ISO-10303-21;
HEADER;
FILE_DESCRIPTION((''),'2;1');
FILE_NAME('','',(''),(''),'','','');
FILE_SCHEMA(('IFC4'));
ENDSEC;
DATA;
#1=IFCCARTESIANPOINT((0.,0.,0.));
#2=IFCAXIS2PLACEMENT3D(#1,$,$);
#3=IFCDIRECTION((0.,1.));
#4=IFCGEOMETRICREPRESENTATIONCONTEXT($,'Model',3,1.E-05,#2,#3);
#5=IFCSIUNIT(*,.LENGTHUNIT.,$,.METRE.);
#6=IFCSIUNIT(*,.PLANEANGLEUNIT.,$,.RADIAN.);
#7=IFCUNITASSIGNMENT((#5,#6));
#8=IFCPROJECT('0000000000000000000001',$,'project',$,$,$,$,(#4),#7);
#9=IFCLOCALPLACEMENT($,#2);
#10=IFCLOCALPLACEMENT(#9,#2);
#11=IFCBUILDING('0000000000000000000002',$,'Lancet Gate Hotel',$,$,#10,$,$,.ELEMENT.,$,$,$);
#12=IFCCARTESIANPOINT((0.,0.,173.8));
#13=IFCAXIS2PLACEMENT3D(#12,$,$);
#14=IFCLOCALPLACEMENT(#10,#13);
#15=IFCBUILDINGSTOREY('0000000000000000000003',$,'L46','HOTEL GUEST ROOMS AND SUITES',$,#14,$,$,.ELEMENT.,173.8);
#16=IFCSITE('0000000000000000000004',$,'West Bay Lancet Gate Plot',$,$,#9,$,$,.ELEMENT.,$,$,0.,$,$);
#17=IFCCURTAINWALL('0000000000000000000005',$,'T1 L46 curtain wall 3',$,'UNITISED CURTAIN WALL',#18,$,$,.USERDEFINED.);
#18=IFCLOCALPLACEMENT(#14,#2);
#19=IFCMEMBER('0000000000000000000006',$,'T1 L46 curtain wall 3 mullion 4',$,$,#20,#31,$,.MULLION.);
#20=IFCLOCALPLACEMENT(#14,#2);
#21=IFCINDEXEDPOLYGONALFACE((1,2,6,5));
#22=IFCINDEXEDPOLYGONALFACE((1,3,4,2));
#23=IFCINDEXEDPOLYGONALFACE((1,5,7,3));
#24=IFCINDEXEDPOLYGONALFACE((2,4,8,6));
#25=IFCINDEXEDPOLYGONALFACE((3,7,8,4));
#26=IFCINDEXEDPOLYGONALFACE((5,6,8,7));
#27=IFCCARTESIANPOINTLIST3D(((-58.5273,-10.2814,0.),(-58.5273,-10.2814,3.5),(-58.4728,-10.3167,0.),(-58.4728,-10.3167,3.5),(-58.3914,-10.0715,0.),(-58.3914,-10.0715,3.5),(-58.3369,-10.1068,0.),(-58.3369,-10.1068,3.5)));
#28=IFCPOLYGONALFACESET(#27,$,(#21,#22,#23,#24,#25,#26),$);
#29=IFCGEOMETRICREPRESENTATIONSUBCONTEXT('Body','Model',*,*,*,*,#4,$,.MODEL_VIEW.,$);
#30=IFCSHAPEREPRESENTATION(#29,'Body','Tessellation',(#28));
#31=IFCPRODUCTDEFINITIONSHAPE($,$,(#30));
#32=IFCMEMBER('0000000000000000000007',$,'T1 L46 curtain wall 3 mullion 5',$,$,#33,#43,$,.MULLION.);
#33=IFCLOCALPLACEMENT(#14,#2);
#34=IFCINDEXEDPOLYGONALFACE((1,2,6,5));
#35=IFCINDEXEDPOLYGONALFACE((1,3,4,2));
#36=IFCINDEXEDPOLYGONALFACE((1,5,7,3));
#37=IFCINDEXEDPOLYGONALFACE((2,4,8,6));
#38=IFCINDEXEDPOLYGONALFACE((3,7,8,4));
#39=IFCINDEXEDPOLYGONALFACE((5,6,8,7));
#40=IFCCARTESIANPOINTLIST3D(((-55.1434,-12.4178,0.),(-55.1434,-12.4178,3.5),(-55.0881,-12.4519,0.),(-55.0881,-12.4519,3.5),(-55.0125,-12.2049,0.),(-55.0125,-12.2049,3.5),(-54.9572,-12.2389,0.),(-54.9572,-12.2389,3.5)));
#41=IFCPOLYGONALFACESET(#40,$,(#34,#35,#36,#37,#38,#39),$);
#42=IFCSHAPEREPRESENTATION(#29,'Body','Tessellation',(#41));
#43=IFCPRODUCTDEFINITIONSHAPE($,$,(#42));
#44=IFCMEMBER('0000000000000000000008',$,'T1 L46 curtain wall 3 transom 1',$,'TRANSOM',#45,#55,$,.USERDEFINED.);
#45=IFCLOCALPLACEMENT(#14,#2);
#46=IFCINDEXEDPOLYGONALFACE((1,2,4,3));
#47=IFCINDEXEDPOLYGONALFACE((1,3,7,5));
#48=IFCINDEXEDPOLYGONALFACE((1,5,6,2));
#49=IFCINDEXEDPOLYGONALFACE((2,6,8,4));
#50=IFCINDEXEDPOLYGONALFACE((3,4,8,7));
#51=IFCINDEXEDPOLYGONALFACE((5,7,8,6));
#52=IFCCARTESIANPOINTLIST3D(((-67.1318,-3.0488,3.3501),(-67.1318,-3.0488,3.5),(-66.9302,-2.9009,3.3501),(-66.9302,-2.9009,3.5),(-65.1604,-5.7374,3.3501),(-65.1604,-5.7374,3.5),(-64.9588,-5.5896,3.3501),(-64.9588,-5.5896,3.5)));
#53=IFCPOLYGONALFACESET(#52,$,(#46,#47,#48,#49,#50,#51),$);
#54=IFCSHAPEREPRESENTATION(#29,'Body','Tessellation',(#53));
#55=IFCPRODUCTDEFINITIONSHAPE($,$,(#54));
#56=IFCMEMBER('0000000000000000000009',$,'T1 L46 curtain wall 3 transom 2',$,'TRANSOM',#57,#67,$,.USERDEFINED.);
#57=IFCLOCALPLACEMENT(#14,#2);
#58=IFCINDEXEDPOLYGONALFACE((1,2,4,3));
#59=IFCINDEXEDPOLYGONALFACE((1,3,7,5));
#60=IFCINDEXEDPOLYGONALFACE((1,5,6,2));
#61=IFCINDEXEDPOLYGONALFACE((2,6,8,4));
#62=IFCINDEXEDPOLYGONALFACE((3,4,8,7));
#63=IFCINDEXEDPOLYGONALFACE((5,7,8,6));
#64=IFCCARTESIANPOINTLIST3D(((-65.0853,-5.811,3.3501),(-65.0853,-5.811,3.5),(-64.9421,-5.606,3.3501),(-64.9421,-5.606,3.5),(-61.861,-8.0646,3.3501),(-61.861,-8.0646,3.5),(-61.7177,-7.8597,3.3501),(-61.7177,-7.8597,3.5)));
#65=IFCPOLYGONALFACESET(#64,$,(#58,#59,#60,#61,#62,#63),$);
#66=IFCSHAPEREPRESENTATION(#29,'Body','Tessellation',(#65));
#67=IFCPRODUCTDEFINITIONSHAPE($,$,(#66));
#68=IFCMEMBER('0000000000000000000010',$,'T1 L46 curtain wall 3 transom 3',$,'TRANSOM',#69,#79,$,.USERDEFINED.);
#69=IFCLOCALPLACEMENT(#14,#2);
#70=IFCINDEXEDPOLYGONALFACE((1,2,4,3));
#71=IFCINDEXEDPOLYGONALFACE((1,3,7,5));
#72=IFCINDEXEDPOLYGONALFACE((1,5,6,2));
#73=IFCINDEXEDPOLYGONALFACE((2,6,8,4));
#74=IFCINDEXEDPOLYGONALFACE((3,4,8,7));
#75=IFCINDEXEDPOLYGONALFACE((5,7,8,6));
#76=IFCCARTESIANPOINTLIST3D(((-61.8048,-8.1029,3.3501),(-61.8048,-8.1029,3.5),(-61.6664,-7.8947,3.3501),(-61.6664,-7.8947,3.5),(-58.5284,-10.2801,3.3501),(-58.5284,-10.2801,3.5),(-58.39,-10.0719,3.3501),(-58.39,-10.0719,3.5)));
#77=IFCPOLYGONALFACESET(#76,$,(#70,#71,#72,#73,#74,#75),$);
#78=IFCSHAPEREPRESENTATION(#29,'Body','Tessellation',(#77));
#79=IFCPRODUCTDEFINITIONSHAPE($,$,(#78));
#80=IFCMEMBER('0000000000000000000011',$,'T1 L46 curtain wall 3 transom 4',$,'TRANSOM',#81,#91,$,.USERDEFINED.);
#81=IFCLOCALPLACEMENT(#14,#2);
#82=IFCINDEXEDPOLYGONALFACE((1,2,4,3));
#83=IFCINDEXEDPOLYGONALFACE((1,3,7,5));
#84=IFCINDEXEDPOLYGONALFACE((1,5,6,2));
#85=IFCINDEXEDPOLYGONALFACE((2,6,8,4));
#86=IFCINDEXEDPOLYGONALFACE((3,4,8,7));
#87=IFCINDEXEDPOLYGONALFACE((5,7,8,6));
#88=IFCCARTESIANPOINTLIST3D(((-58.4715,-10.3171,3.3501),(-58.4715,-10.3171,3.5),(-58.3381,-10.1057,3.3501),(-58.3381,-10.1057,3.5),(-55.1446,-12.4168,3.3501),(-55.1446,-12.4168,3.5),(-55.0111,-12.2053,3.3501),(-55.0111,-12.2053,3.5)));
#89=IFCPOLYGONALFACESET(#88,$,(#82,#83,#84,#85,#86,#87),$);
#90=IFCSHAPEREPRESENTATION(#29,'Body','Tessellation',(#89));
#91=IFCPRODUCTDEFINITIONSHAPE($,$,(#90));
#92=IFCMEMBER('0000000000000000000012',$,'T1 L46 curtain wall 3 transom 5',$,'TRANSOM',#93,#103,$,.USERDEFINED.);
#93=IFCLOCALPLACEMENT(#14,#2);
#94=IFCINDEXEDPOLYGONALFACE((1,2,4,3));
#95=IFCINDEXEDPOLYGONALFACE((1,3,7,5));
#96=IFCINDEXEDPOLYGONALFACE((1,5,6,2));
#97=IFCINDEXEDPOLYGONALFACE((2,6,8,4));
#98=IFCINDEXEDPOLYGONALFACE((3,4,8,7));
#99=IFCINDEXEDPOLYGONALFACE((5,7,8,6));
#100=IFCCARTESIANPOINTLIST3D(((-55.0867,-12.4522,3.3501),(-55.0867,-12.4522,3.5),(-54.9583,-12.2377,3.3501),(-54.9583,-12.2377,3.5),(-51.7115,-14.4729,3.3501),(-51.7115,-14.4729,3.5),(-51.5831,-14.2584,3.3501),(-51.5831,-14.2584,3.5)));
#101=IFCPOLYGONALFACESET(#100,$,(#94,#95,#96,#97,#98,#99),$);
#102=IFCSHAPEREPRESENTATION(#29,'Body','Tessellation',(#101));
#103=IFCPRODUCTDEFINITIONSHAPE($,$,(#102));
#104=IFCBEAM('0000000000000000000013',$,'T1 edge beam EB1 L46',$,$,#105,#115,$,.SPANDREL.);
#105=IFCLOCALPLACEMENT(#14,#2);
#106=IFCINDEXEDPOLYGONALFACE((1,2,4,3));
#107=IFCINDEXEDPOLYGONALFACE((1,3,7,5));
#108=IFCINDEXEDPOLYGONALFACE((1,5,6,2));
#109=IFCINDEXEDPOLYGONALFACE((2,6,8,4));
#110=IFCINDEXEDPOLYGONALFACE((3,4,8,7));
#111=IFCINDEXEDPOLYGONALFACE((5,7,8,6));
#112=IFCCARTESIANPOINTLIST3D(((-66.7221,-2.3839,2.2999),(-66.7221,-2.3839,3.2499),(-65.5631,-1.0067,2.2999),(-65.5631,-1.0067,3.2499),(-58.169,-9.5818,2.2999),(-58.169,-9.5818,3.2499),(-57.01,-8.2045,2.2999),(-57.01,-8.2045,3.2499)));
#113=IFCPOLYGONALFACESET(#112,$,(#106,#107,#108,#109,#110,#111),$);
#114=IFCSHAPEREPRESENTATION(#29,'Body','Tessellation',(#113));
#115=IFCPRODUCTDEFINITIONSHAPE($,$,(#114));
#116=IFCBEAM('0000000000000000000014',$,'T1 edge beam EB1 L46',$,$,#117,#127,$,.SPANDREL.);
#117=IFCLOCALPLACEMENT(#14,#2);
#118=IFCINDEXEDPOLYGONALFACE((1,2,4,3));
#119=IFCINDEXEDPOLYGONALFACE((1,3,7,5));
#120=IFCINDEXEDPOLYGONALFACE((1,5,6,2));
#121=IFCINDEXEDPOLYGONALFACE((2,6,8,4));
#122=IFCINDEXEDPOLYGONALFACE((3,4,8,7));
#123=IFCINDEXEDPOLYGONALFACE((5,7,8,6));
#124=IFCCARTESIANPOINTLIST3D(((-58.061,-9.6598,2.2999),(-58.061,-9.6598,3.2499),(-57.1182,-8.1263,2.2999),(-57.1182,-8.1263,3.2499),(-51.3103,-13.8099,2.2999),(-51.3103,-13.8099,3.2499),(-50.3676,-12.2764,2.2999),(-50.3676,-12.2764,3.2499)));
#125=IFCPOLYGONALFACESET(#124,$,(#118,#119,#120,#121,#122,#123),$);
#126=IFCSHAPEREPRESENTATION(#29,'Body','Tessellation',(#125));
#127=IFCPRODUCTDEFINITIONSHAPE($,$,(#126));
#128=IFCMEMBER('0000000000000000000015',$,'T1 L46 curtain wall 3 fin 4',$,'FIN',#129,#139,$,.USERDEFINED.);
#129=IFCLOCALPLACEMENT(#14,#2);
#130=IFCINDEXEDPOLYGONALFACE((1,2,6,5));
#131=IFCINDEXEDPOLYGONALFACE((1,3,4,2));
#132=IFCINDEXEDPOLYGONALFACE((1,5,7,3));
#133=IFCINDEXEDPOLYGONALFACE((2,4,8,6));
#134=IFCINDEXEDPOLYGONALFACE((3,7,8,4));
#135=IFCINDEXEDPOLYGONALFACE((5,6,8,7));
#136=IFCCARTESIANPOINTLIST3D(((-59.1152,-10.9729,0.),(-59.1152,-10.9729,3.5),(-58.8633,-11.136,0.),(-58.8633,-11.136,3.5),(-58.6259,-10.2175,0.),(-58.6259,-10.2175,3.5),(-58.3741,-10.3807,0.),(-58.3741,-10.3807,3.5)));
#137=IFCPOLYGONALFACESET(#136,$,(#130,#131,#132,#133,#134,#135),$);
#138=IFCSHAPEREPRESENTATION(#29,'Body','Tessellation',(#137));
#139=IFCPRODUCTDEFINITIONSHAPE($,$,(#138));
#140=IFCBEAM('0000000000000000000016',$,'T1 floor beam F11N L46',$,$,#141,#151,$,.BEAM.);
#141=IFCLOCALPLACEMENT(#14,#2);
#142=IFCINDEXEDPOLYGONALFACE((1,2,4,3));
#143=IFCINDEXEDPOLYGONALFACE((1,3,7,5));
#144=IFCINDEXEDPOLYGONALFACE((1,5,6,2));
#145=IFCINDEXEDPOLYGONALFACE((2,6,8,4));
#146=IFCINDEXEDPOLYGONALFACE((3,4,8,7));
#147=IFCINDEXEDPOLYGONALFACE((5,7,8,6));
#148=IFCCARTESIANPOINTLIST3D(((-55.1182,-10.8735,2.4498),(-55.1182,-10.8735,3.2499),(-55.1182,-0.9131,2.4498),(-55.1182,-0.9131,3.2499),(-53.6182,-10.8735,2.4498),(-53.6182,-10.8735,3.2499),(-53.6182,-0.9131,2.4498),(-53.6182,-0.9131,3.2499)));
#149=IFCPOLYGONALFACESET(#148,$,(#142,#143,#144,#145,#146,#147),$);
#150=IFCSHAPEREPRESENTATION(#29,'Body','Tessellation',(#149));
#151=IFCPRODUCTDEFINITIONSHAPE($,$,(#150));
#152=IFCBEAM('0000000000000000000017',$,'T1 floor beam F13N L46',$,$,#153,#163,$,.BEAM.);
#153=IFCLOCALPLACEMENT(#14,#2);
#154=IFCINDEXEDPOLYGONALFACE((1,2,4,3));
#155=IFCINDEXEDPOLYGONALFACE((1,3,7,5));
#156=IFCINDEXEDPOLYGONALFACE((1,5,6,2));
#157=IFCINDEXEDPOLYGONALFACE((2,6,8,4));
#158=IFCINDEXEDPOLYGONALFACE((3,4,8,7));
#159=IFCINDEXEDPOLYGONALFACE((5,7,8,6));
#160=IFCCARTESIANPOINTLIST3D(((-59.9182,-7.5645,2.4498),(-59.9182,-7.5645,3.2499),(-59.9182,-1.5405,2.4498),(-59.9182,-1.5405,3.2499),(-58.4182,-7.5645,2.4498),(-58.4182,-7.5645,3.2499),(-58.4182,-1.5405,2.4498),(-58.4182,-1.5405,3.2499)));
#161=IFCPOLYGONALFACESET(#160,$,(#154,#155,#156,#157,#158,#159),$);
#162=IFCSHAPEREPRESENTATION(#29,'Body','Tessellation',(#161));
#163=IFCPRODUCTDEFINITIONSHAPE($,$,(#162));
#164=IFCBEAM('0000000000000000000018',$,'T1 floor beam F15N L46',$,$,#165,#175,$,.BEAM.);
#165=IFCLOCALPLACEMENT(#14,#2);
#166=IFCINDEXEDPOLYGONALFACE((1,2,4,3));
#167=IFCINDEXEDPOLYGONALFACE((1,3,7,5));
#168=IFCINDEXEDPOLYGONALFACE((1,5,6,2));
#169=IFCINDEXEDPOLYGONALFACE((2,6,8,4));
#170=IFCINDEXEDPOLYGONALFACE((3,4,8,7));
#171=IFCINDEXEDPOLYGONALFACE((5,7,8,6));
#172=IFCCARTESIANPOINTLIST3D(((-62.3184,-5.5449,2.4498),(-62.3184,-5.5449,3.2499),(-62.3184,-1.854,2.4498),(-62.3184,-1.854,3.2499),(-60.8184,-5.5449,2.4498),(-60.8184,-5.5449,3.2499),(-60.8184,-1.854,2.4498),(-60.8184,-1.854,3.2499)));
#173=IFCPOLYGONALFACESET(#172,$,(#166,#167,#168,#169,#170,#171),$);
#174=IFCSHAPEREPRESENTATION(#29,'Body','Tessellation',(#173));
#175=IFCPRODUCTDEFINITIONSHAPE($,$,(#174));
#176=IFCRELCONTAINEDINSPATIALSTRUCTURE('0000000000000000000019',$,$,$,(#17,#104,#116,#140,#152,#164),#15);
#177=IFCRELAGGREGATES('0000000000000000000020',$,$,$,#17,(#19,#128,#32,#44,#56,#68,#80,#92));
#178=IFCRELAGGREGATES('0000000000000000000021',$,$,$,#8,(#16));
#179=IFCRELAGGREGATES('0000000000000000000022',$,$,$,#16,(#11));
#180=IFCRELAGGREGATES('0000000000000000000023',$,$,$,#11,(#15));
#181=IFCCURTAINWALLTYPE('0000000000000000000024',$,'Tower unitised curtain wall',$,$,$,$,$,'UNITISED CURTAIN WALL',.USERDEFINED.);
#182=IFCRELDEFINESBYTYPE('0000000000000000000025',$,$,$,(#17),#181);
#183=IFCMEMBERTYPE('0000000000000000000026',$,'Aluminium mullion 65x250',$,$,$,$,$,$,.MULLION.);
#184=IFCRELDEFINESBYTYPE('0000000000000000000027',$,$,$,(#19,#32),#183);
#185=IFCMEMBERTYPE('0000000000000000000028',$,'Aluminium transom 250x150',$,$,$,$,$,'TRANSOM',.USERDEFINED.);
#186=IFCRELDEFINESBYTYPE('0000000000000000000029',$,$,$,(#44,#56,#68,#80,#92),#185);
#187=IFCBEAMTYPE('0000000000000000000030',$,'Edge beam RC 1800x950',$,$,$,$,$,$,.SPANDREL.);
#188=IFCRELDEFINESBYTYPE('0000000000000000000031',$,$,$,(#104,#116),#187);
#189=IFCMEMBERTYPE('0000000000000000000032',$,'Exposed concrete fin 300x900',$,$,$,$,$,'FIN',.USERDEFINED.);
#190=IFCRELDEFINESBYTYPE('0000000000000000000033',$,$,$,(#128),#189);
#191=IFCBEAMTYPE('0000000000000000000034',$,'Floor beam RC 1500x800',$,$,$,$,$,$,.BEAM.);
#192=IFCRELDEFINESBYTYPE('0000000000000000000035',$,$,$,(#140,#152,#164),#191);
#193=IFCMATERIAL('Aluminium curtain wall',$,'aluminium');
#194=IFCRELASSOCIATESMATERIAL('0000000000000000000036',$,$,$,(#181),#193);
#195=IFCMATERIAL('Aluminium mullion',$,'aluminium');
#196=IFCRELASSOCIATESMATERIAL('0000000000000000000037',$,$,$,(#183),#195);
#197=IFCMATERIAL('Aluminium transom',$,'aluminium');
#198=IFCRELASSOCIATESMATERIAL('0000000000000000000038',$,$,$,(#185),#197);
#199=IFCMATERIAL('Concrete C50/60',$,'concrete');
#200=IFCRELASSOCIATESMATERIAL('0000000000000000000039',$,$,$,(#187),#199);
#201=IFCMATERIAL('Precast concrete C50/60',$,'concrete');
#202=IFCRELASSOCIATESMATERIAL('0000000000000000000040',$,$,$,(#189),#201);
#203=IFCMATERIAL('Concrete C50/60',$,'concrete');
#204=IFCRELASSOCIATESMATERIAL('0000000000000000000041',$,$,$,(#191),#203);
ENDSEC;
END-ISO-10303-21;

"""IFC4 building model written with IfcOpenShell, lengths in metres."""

from ifc_helpers import new_model, si_unit, direction, frame, origin, origin_2d, place, context, subcontext, project, spatial, rectangle, extrude, material, material_profile, profile_set, type_object, element, aggregate, save


model = new_model("IFC4")

# Units and contexts
model_context = context("Model", 3, precision=1e-05, world=origin(), true_north=direction((0.0, 1.0)))
body_context = subcontext(model_context, "Body", "Model", "MODEL_VIEW")
ifc_project = project(units=[si_unit("LENGTHUNIT", "METRE"), si_unit("PLANEANGLEUNIT", "RADIAN")], contexts=[model_context])

# Site, building, storey
site_placement = place(None, origin())
site = spatial("IfcSite", under=ifc_project, at=site_placement, Name="West Bay Lancet Gate Plot", CompositionType="ELEMENT", RefElevation=0.0)
building_placement = place(site_placement, origin())
building = spatial("IfcBuilding", under=site, at=building_placement, Name="Lancet Gate Hotel", CompositionType="ELEMENT")
storey_placement = place(building_placement, frame((0.0, 0.0, 173.8)))
storey = spatial("IfcBuildingStorey", under=building, at=storey_placement, Name="L46", Description="HOTEL GUEST ROOMS AND SUITES", CompositionType="ELEMENT", Elevation=173.8)

# Shared definitions
ifc_material_1 = material(Name="Aluminium curtain wall", Category="aluminium")
curtain_wall_type = type_object("IfcCurtainWallType", Name="Tower unitised curtain wall", ElementType="UNITISED CURTAIN WALL", PredefinedType="USERDEFINED", material=ifc_material_1)
ifc_material_2 = material(Name="Aluminium mullion", Category="aluminium")
ifc_material_profile_1 = material_profile(ifc_material_2, rectangle(XDim=0.0649, YDim=0.25, at=origin_2d()), Name="MULLION 65x250")
ifc_profile_set_1 = profile_set([ifc_material_profile_1], Name="Aluminium mullion")
member_type_1 = type_object("IfcMemberType", Name="Aluminium mullion 65x250", PredefinedType="MULLION", material=ifc_profile_set_1)

# Curtain wall, members
curtain_wall_1_placement = place(storey_placement, origin())
curtain_wall_1 = element("IfcCurtainWall", 1, at=curtain_wall_1_placement, inside=storey, type_object=curtain_wall_type, Name="T1 L46 curtain wall 3", ObjectType="UNITISED CURTAIN WALL", PredefinedType="USERDEFINED")
member_1_placement = place(storey_placement, frame((-58.4321, -10.1941, 0.0), z_axis=(0.0, 0.0, 1.0), x_axis=(0.839331, -0.543621, 0.0)))
member_1 = element("IfcMember", 2, at=member_1_placement, type_object=member_type_1, Name="T1 L46 curtain wall 3 mullion 4", PredefinedType="MULLION", context=body_context, shape_type="SweptSolid", body=[
    extrude(rectangle(XDim=0.0649, YDim=0.25, at=origin_2d()), origin(), (0.0, 0.0, 1.0), 3.5),
])
member_2_placement = place(storey_placement, frame((-55.0503, -12.3284, 0.0), z_axis=(0.0, 0.0, 1.0), x_axis=(0.851886, -0.523728, 0.0)))
member_2 = element("IfcMember", 3, at=member_2_placement, type_object=member_type_1, Name="T1 L46 curtain wall 3 mullion 5", PredefinedType="MULLION", context=body_context, shape_type="SweptSolid", body=[
    extrude(rectangle(XDim=0.0649, YDim=0.25, at=origin_2d()), origin(), (0.0, 0.0, 1.0), 3.5),
])
ifc_material_3 = material(Name="Aluminium transom", Category="aluminium")
ifc_material_profile_2 = material_profile(ifc_material_3, rectangle(XDim=0.25, YDim=0.1499, at=origin_2d()), Name="TRANSOM 250x150")
ifc_profile_set_2 = profile_set([ifc_material_profile_2], Name="Aluminium transom")
member_type_2 = type_object("IfcMemberType", Name="Aluminium transom 250x150", ElementType="TRANSOM", PredefinedType="USERDEFINED", material=ifc_profile_set_2)
member_3_placement = place(storey_placement, frame((-67.031, -2.9749, 3.425), z_axis=(0.591307, -0.806447, 0.0), x_axis=(0.806447, 0.591307, 0.0)))
member_3 = element("IfcMember", 4, at=member_3_placement, type_object=member_type_2, Name="T1 L46 curtain wall 3 transom 1", ObjectType="TRANSOM", PredefinedType="USERDEFINED", context=body_context, shape_type="SweptSolid", body=[
    extrude(rectangle(XDim=0.25, YDim=0.1499, at=origin_2d()), origin(), (0.0, 0.0, 1.0), 3.334),
])
member_4_placement = place(storey_placement, frame((-65.0137, -5.7085, 3.425), z_axis=(0.819637, -0.572883, 0.0), x_axis=(0.572883, 0.819637, 0.0)))
member_4 = element("IfcMember", 5, at=member_4_placement, type_object=member_type_2, Name="T1 L46 curtain wall 3 transom 2", ObjectType="TRANSOM", PredefinedType="USERDEFINED", context=body_context, shape_type="SweptSolid", body=[
    extrude(rectangle(XDim=0.25, YDim=0.1499, at=origin_2d()), origin(), (0.0, 0.0, 1.0), 3.9338),
])
member_5_placement = place(storey_placement, frame((-61.7356, -7.9988, 3.425), z_axis=(0.832871, -0.553468, 0.0), x_axis=(0.553468, 0.832871, 0.0)))
member_5 = element("IfcMember", 6, at=member_5_placement, type_object=member_type_2, Name="T1 L46 curtain wall 3 transom 3", ObjectType="TRANSOM", PredefinedType="USERDEFINED", context=body_context, shape_type="SweptSolid", body=[
    extrude(rectangle(XDim=0.25, YDim=0.1499, at=origin_2d()), origin(), (0.0, 0.0, 1.0), 3.9338),
])
member_6_placement = place(storey_placement, frame((-58.4048, -10.2114, 3.425), z_axis=(0.845672, -0.533703, 0.0), x_axis=(0.533703, 0.845672, 0.0)))
member_6 = element("IfcMember", 7, at=member_6_placement, type_object=member_type_2, Name="T1 L46 curtain wall 3 transom 4", ObjectType="TRANSOM", PredefinedType="USERDEFINED", context=body_context, shape_type="SweptSolid", body=[
    extrude(rectangle(XDim=0.25, YDim=0.1499, at=origin_2d()), origin(), (0.0, 0.0, 1.0), 3.9341),
])
member_7_placement = place(storey_placement, frame((-55.0225, -12.345, 3.425), z_axis=(0.857985, -0.513674, 0.0), x_axis=(0.513674, 0.857985, 0.0)))
member_7 = element("IfcMember", 8, at=member_7_placement, type_object=member_type_2, Name="T1 L46 curtain wall 3 transom 5", ObjectType="TRANSOM", PredefinedType="USERDEFINED", context=body_context, shape_type="SweptSolid", body=[
    extrude(rectangle(XDim=0.25, YDim=0.1499, at=origin_2d()), origin(), (0.0, 0.0, 1.0), 3.9338),
])

# Beams
ifc_material_4 = material(Name="Concrete C50/60", Category="concrete")
ifc_material_profile_3 = material_profile(ifc_material_4, rectangle(XDim=1.8, YDim=0.95, at=origin_2d()), Name="RC 1800x950")
ifc_profile_set_3 = profile_set([ifc_material_profile_3], Name="Concrete C50/60")
beam_type_1 = type_object("IfcBeamType", Name="Edge beam RC 1800x950", PredefinedType="SPANDREL", material=ifc_profile_set_3)
beam_1_placement = place(storey_placement, frame((-66.1426, -1.6953, 2.7749), z_axis=(0.765121, -0.643887, 0.0), x_axis=(0.643887, 0.765121, 0.0)))
element("IfcBeam", 9, at=beam_1_placement, inside=storey, type_object=beam_type_1, Name="T1 edge beam EB1 L46", PredefinedType="SPANDREL", context=body_context, shape_type="SweptSolid", body=[
    extrude(rectangle(XDim=1.8, YDim=0.95, at=origin_2d()), origin(), (0.0, 0.0, 1.0), 11.1787),
])
beam_2_placement = place(storey_placement, frame((-57.5896, -8.8931, 2.7749), z_axis=(0.851892, -0.523717, 0.0), x_axis=(0.523717, 0.851892, 0.0)))
element("IfcBeam", 10, at=beam_2_placement, inside=storey, type_object=beam_type_1, Name="T1 edge beam EB1 L46", PredefinedType="SPANDREL", context=body_context, shape_type="SweptSolid", body=[
    extrude(rectangle(XDim=1.8, YDim=0.95, at=origin_2d()), origin(), (0.0, 0.0, 1.0), 7.9243),
])

# Member
ifc_material_5 = material(Name="Precast concrete C50/60", Category="concrete")
ifc_material_profile_4 = material_profile(ifc_material_5, rectangle(XDim=0.3, YDim=0.8999, at=origin_2d()), Name="FIN 300x900")
ifc_profile_set_4 = profile_set([ifc_material_profile_4], Name="Precast concrete C50/60")
member_type_3 = type_object("IfcMemberType", Name="Exposed concrete fin 300x900", ElementType="FIN", PredefinedType="USERDEFINED", material=ifc_profile_set_4)
member_8_placement = place(storey_placement, frame((-58.7446, -10.6768, 0.0), z_axis=(0.0, 0.0, 1.0), x_axis=(0.839331, -0.543621, 0.0)))
member_8 = element("IfcMember", 11, at=member_8_placement, type_object=member_type_3, Name="T1 L46 curtain wall 3 fin 4", ObjectType="FIN", PredefinedType="USERDEFINED", context=body_context, shape_type="SweptSolid", body=[
    extrude(rectangle(XDim=0.3, YDim=0.8999, at=origin_2d()), origin(), (0.0, 0.0, 1.0), 3.5),
])

# Beams
ifc_material_6 = material(Name="Concrete C50/60", Category="concrete")
ifc_material_profile_5 = material_profile(ifc_material_6, rectangle(XDim=1.5, YDim=0.8, at=origin_2d()), Name="RC 1500x800")
ifc_profile_set_5 = profile_set([ifc_material_profile_5], Name="Concrete C50/60")
beam_type_2 = type_object("IfcBeamType", Name="Floor beam RC 1500x800", PredefinedType="BEAM", material=ifc_profile_set_5)
beam_3_placement = place(storey_placement, frame((-54.3682, -0.9131, 2.8499), z_axis=(0.0, -1.0, 0.0), x_axis=(1.0, 0.0, 0.0)))
element("IfcBeam", 12, at=beam_3_placement, inside=storey, type_object=beam_type_2, Name="T1 floor beam F11N L46", PredefinedType="BEAM", context=body_context, shape_type="SweptSolid", body=[
    extrude(rectangle(XDim=1.5, YDim=0.8, at=origin_2d()), origin(), (0.0, 0.0, 1.0), 9.9604),
])
beam_4_placement = place(storey_placement, frame((-59.1682, -1.5405, 2.8499), z_axis=(0.0, -1.0, 0.0), x_axis=(1.0, 0.0, 0.0)))
element("IfcBeam", 13, at=beam_4_placement, inside=storey, type_object=beam_type_2, Name="T1 floor beam F13N L46", PredefinedType="BEAM", context=body_context, shape_type="SweptSolid", body=[
    extrude(rectangle(XDim=1.5, YDim=0.8, at=origin_2d()), origin(), (0.0, 0.0, 1.0), 6.0239),
])
beam_5_placement = place(storey_placement, frame((-61.5684, -1.854, 2.8499), z_axis=(0.0, -1.0, 0.0), x_axis=(1.0, 0.0, 0.0)))
element("IfcBeam", 14, at=beam_5_placement, inside=storey, type_object=beam_type_2, Name="T1 floor beam F15N L46", PredefinedType="BEAM", context=body_context, shape_type="SweptSolid", body=[
    extrude(rectangle(XDim=1.5, YDim=0.8, at=origin_2d()), origin(), (0.0, 0.0, 1.0), 3.6909),
])

aggregate(curtain_wall_1, [member_1, member_8, member_2, member_3, member_4, member_5, member_6, member_7])

save(model, "model.ifc")
